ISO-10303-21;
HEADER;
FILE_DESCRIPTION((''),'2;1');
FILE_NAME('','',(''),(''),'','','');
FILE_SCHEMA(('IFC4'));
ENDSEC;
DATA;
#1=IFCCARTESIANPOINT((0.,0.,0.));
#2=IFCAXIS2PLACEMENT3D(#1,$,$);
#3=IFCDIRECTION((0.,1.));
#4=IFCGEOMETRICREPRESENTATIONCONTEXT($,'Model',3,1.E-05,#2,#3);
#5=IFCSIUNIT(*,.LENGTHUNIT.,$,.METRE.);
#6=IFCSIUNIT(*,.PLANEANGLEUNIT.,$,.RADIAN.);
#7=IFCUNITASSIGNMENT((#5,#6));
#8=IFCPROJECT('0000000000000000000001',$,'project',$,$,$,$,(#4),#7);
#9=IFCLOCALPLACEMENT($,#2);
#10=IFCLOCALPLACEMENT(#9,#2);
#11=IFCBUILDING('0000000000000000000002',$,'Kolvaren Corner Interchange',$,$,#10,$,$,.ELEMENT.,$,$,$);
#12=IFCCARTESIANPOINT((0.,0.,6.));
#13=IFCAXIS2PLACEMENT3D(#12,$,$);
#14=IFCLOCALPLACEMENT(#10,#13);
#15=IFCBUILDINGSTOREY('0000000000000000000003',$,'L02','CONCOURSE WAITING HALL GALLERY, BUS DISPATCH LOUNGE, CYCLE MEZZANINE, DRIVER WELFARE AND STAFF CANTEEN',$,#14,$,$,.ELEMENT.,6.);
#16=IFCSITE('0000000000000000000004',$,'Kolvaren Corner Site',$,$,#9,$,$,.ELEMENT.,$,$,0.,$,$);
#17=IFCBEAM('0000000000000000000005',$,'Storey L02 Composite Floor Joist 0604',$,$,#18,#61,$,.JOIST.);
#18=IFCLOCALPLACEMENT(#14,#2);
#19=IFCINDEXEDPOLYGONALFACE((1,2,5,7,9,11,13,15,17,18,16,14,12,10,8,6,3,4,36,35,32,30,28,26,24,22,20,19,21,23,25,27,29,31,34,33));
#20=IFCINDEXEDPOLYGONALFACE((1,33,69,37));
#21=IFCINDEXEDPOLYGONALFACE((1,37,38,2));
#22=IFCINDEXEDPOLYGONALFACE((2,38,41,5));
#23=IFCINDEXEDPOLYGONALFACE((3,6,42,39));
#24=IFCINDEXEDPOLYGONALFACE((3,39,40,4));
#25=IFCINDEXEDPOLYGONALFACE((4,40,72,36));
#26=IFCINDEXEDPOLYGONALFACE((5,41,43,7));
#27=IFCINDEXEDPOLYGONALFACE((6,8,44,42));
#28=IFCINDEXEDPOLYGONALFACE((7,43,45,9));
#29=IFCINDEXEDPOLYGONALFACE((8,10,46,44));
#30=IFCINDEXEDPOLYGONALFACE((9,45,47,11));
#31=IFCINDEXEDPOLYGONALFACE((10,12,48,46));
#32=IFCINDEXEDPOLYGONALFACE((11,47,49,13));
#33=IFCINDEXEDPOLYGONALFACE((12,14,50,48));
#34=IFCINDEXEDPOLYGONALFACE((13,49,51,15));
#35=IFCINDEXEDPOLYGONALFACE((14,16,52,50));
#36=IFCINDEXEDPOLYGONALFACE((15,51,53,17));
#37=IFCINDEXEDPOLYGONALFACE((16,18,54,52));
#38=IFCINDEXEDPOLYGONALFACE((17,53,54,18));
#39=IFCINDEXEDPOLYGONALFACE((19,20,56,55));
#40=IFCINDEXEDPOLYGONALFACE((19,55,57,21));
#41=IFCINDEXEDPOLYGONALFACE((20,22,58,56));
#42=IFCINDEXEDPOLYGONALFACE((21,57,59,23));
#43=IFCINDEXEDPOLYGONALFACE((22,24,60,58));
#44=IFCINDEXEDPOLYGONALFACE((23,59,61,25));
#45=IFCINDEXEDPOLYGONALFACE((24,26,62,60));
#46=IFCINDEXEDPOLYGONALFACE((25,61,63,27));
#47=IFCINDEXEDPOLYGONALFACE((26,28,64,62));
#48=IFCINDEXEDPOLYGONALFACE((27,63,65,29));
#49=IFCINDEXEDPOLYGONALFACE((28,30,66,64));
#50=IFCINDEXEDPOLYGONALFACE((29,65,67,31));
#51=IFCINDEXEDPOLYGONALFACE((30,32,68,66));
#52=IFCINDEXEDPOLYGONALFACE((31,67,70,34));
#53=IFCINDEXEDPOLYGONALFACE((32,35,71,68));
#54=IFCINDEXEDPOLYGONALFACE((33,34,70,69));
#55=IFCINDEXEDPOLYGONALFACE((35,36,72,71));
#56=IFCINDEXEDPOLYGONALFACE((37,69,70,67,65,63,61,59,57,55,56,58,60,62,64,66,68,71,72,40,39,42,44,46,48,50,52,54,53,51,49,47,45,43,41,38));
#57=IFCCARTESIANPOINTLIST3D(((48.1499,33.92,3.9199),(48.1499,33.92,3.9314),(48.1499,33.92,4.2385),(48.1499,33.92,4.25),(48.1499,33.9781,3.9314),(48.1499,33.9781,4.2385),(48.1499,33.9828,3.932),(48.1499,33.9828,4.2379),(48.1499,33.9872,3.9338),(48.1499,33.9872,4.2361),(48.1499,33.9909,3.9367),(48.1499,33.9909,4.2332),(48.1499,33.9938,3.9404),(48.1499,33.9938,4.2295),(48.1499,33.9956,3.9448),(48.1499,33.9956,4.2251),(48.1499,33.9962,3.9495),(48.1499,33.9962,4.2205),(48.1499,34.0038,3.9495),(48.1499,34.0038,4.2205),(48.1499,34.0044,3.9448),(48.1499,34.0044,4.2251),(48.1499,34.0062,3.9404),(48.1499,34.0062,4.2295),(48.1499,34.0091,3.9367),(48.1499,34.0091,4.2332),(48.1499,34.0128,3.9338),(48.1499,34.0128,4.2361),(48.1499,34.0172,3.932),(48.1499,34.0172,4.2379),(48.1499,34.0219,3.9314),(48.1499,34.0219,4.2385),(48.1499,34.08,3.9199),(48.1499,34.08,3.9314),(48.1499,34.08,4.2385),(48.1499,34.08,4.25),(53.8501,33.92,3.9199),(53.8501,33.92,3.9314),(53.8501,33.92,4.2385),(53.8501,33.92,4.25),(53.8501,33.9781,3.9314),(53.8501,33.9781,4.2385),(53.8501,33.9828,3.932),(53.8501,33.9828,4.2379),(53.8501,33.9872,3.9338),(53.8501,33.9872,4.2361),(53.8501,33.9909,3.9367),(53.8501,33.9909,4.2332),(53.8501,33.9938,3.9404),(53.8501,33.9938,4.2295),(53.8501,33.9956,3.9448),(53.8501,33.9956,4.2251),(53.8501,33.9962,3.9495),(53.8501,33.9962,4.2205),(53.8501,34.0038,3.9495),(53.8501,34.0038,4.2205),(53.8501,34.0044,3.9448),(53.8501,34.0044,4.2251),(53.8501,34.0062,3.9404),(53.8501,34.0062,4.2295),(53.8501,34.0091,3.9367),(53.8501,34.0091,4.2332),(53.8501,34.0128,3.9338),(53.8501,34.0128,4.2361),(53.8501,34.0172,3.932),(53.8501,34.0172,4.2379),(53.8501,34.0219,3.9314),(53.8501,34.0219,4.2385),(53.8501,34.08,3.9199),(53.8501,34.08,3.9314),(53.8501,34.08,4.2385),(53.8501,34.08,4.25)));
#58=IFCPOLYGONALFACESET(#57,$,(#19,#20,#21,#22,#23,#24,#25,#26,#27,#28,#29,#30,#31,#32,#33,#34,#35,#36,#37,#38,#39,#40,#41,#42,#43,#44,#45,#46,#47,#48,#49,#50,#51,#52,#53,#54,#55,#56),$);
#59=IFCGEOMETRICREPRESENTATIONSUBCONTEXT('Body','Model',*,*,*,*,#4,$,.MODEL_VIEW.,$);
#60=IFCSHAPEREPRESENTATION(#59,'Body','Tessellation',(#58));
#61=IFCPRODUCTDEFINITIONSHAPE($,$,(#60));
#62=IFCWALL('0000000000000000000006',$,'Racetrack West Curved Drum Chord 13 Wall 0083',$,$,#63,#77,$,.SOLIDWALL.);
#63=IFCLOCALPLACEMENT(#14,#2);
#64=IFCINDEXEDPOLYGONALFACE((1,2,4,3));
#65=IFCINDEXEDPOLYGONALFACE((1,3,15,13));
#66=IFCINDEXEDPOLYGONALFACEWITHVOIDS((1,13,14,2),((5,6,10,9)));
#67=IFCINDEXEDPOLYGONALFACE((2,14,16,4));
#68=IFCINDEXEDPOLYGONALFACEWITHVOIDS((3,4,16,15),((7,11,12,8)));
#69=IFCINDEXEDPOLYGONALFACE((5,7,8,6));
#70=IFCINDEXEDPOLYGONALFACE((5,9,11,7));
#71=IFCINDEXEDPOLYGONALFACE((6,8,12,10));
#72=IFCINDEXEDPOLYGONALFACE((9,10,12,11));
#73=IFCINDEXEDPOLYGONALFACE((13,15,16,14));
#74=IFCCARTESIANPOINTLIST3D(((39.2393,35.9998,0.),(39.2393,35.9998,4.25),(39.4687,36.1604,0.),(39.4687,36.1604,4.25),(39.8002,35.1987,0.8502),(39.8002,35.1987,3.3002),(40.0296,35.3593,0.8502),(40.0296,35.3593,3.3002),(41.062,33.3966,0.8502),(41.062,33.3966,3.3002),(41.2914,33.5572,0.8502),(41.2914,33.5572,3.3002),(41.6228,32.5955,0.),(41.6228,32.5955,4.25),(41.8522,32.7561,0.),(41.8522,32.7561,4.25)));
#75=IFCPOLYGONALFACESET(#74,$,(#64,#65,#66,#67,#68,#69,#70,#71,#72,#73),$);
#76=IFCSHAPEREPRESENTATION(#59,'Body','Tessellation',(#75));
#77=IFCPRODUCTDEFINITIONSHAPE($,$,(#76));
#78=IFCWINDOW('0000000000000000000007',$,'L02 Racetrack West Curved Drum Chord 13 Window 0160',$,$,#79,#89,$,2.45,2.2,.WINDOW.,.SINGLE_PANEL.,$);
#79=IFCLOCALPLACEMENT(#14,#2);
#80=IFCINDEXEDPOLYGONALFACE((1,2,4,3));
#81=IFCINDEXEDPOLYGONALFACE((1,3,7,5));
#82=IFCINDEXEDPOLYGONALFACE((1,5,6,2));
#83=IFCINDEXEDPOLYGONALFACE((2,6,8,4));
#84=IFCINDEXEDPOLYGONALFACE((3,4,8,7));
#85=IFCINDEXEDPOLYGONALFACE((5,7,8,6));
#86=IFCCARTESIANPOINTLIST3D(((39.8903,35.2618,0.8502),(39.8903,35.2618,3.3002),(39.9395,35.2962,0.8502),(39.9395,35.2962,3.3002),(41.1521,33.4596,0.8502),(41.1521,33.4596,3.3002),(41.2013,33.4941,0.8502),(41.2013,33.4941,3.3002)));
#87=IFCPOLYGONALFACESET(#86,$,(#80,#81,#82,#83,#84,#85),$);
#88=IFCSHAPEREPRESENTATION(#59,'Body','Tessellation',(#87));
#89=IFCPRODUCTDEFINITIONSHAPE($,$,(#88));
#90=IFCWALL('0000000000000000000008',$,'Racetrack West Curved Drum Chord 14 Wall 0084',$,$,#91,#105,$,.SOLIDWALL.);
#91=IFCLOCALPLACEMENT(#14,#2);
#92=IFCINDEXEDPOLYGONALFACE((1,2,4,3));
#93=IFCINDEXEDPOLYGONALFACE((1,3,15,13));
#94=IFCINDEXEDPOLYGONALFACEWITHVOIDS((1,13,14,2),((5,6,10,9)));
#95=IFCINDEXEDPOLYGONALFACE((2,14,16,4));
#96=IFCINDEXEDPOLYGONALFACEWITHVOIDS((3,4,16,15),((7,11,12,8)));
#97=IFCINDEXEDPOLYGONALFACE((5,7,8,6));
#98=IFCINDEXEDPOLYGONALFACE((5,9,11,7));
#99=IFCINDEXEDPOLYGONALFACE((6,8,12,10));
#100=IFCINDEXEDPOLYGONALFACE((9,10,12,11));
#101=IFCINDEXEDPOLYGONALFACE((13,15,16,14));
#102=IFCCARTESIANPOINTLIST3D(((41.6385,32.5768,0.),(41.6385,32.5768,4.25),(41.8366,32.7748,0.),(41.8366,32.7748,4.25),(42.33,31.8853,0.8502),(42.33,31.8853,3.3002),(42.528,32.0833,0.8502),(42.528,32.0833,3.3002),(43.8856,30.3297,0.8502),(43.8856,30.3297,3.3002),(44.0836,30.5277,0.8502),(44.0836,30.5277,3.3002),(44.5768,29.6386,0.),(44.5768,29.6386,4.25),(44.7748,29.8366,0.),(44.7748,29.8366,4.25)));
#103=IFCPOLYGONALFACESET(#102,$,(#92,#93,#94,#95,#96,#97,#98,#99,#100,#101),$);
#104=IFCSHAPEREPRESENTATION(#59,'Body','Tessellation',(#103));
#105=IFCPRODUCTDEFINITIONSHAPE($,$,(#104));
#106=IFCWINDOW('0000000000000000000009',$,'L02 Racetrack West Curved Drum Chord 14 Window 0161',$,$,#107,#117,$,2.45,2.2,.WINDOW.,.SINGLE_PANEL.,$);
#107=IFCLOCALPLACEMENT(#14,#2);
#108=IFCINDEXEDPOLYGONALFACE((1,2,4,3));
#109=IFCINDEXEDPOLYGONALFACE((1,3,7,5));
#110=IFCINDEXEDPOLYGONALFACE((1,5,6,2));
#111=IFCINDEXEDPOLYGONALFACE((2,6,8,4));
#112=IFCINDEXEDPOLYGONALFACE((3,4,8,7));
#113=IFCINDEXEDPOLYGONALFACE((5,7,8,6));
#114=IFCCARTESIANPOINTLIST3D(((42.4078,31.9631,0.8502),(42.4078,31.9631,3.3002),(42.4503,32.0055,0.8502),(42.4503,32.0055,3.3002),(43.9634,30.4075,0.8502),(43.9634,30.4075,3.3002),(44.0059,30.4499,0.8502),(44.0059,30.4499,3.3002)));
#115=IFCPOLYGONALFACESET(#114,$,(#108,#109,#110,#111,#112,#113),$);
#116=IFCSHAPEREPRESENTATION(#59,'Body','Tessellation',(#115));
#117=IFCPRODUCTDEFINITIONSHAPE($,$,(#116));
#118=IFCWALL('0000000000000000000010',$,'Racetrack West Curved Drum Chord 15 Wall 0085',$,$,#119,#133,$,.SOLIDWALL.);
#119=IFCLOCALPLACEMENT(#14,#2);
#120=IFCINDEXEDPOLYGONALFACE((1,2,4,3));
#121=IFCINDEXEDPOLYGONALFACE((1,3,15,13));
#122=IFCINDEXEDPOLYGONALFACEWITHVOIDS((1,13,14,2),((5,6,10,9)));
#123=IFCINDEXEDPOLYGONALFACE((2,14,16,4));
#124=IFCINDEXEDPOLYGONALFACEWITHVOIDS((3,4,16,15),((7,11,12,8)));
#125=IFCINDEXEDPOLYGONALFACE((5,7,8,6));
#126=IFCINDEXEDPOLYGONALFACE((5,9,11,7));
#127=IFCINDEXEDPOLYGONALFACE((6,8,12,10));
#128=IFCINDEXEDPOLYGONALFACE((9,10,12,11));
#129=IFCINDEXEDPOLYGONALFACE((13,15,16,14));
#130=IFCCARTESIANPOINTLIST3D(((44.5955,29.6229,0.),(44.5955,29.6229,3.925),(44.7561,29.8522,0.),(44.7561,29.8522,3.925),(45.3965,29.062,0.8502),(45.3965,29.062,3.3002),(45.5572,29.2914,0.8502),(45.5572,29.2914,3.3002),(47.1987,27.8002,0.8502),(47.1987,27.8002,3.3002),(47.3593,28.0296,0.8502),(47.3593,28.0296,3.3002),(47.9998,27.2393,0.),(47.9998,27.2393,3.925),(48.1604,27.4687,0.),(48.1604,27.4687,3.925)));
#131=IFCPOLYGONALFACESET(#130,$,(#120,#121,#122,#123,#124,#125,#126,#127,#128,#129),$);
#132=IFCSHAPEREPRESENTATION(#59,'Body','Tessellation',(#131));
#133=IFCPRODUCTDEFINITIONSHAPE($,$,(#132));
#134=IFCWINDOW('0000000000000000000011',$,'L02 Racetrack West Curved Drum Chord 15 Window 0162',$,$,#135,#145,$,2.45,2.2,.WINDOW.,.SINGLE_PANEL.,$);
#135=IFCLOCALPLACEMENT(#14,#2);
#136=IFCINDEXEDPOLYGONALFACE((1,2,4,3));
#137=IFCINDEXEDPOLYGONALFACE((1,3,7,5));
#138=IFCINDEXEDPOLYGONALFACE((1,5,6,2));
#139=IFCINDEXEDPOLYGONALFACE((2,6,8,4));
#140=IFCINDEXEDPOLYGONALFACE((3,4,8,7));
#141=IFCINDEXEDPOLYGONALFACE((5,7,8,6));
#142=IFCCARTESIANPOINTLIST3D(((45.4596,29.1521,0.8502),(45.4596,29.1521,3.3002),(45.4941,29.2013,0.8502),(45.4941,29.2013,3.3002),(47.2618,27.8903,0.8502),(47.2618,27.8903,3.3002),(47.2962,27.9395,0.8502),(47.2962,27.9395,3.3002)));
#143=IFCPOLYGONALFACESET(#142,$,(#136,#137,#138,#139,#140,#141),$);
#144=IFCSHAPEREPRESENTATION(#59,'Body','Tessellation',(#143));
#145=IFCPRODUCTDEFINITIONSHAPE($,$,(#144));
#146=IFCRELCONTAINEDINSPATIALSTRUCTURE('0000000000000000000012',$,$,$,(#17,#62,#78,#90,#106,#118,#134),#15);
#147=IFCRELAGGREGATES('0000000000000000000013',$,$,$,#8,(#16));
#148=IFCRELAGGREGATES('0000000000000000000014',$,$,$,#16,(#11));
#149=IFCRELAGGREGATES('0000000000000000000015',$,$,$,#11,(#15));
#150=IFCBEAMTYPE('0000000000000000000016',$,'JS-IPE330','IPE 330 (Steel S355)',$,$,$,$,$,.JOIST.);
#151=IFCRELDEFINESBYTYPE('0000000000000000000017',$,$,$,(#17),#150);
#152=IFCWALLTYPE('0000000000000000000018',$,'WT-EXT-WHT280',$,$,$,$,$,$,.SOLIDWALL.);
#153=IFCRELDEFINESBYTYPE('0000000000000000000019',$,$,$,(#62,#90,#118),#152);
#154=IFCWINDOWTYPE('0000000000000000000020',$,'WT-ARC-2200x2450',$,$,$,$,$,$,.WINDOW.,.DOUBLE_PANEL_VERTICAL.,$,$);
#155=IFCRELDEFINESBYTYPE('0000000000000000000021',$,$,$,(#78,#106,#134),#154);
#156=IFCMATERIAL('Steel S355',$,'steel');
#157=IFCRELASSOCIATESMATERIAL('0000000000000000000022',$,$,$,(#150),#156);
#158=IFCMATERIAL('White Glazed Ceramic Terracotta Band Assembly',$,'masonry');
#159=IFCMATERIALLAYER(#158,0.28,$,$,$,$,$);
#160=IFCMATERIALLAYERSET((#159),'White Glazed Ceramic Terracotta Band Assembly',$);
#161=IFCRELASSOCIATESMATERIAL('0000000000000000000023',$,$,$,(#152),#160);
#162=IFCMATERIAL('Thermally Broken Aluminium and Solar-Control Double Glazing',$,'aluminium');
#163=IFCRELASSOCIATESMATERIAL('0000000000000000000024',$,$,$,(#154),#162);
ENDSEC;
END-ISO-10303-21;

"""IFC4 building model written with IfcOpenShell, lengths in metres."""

from ifc_helpers import new_model, si_unit, direction, frame, frame_2d, origin, origin_2d, place, context, subcontext, project, spatial, rectangle, i_section, extrude, material, layer, layer_set, material_profile, profile_set, type_object, element, fill, save


model = new_model("IFC4")

# Units and contexts
model_context = context("Model", 3, precision=1e-05, world=origin(), true_north=direction((0.0, 1.0)))
body_context = subcontext(model_context, "Body", "Model", "MODEL_VIEW")
ifc_project = project(units=[si_unit("LENGTHUNIT", "METRE"), si_unit("PLANEANGLEUNIT", "RADIAN")], contexts=[model_context])

# Site, building, storey
site_placement = place(None, origin())
site = spatial("IfcSite", under=ifc_project, at=site_placement, Name="Kolvaren Corner Site", CompositionType="ELEMENT", RefElevation=0.0)
building_placement = place(site_placement, origin())
building = spatial("IfcBuilding", under=site, at=building_placement, Name="Kolvaren Corner Interchange", CompositionType="ELEMENT")
storey_placement = place(building_placement, frame((0.0, 0.0, 6.0)))
storey = spatial("IfcBuildingStorey", under=building, at=storey_placement, Name="L02", Description="CONCOURSE WAITING HALL GALLERY, BUS DISPATCH LOUNGE, CYCLE MEZZANINE, DRIVER WELFARE AND STAFF CANTEEN", CompositionType="ELEMENT", Elevation=6.0)

# Beam
ifc_material_1 = material(Name="Steel S355", Category="steel")
ifc_material_profile_1 = material_profile(ifc_material_1, i_section(OverallWidth=0.1599, OverallDepth=0.3301, WebThickness=0.0076, FlangeThickness=0.0115, FilletRadius=0.0181, at=origin_2d()), Name="IPE 330")
ifc_profile_set_1 = profile_set([ifc_material_profile_1], Name="Steel S355")
beam_type_1 = type_object("IfcBeamType", Name="JS-IPE330", Description="IPE 330 (Steel S355)", PredefinedType="JOIST", material=ifc_profile_set_1)
for number, where, z_axis, x_axis, name in (
    (1, (48.1499, 34.0, 4.085), (1.0, 0.0, 0.0), (0.0, 1.0, 0.0), "Storey L02 Composite Floor Joist 0604"),
):
    element("IfcBeam", number, at=place(storey_placement, frame(where, z_axis=z_axis, x_axis=x_axis)), inside=storey, type_object=beam_type_1, Name=name, PredefinedType="JOIST", context=body_context, shape_type="SweptSolid", body=[
        extrude(i_section(OverallWidth=0.1599, OverallDepth=0.3301, WebThickness=0.0076, FlangeThickness=0.0115, FilletRadius=0.0181, at=origin_2d()), origin(), (0.0, 0.0, 1.0), 5.7002),
    ])

# Walls, openings, windows
ifc_material_2 = material(Name="White Glazed Ceramic Terracotta Band Assembly", Category="masonry")
ifc_layer = layer(ifc_material_2, 0.28)
ifc_layer_set = layer_set([ifc_layer], Name="White Glazed Ceramic Terracotta Band Assembly")
wall_type = type_object("IfcWallType", Name="WT-EXT-WHT280", PredefinedType="SOLIDWALL", material=ifc_layer_set)
wall_1_placement = place(storey_placement, frame((39.354, 36.0801, 0.0), z_axis=(0.0, 0.0, 1.0), x_axis=(0.573549, -0.819171, 0.0)))
wall_1 = element("IfcWall", 2, at=wall_1_placement, inside=storey, type_object=wall_type, Name="Racetrack West Curved Drum Chord 13 Wall 0083", PredefinedType="SOLIDWALL", context=body_context, shape_type="SweptSolid", body=[
    extrude(rectangle(XDim=4.1558, YDim=0.28, at=frame_2d((2.0779, 0.0))), origin(), (0.0, 0.0, 1.0), 4.25),
])
opening_1_placement = place(wall_1_placement, frame((0.9778, 0.0, 0.8501)))
opening_1 = element("IfcOpeningElement", 3, at=opening_1_placement, cuts=wall_1, PredefinedType="OPENING", context=body_context, shape_type="SweptSolid", body=[
    extrude(rectangle(XDim=2.2, YDim=2.45, at=frame_2d((1.1001, 1.2251))), frame((0.0, 0.1499, 0.0), z_axis=(0.0, -1.0, 0.0), x_axis=(1.0, 0.0, 0.0)), (0.0, 0.0, 1.0), 0.3),
])
ifc_material_3 = material(Name="Thermally Broken Aluminium and Solar-Control Double Glazing", Category="aluminium")
window_type = type_object("IfcWindowType", Name="WT-ARC-2200x2450", PartitioningType="DOUBLE_PANEL_VERTICAL", PredefinedType="WINDOW", material=ifc_material_3)
window_1_placement = place(opening_1_placement, origin())
window_1 = element("IfcWindow", 4, at=window_1_placement, inside=storey, type_object=window_type, Name="L02 Racetrack West Curved Drum Chord 13 Window 0160", OverallHeight=2.45, OverallWidth=2.2, PartitioningType="SINGLE_PANEL", PredefinedType="WINDOW", context=body_context, shape_type="SweptSolid", body=[
    extrude(rectangle(XDim=2.2, YDim=2.45, at=frame_2d((1.1001, 1.2251))), frame((0.0, 0.03, 0.0), z_axis=(0.0, -1.0, 0.0), x_axis=(1.0, 0.0, 0.0)), (0.0, 0.0, 1.0), 0.0601),
])
fill(opening_1, window_1)
wall_2_placement = place(storey_placement, frame((41.7375, 32.6758, 0.0), z_axis=(0.0, 0.0, 1.0), x_axis=(0.707107, -0.707107, 0.0)))
wall_2 = element("IfcWall", 5, at=wall_2_placement, inside=storey, type_object=wall_type, Name="Racetrack West Curved Drum Chord 14 Wall 0084", PredefinedType="SOLIDWALL", context=body_context, shape_type="SweptSolid", body=[
    extrude(rectangle(XDim=4.1553, YDim=0.28, at=frame_2d((2.0776, 0.0))), origin(), (0.0, 0.0, 1.0), 4.25),
])
opening_2_placement = place(wall_2_placement, frame((0.9778, 0.0, 0.8501)))
opening_2 = element("IfcOpeningElement", 6, at=opening_2_placement, cuts=wall_2, PredefinedType="OPENING", context=body_context, shape_type="SweptSolid", body=[
    extrude(rectangle(XDim=2.2, YDim=2.45, at=frame_2d((1.1001, 1.2251))), frame((0.0, 0.1499, 0.0), z_axis=(0.0, -1.0, 0.0), x_axis=(1.0, 0.0, 0.0)), (0.0, 0.0, 1.0), 0.3),
])
window_2_placement = place(opening_2_placement, origin())
window_2 = element("IfcWindow", 7, at=window_2_placement, inside=storey, type_object=window_type, Name="L02 Racetrack West Curved Drum Chord 14 Window 0161", OverallHeight=2.45, OverallWidth=2.2, PartitioningType="SINGLE_PANEL", PredefinedType="WINDOW", context=body_context, shape_type="SweptSolid", body=[
    extrude(rectangle(XDim=2.2, YDim=2.45, at=frame_2d((1.1001, 1.2251))), frame((0.0, 0.03, 0.0), z_axis=(0.0, -1.0, 0.0), x_axis=(1.0, 0.0, 0.0)), (0.0, 0.0, 1.0), 0.0601),
])
fill(opening_2, window_2)
wall_3_placement = place(storey_placement, frame((44.6758, 29.7375, 0.0), z_axis=(0.0, 0.0, 1.0), x_axis=(0.819171, -0.573549, 0.0)))
wall_3 = element("IfcWall", 8, at=wall_3_placement, inside=storey, type_object=wall_type, Name="Racetrack West Curved Drum Chord 15 Wall 0085", PredefinedType="SOLIDWALL", context=body_context, shape_type="SweptSolid", body=[
    extrude(rectangle(XDim=4.1558, YDim=0.28, at=frame_2d((2.0779, 0.0))), origin(), (0.0, 0.0, 1.0), 3.925),
])
opening_3_placement = place(wall_3_placement, frame((0.9778, 0.0, 0.8501)))
opening_3 = element("IfcOpeningElement", 9, at=opening_3_placement, cuts=wall_3, PredefinedType="OPENING", context=body_context, shape_type="SweptSolid", body=[
    extrude(rectangle(XDim=2.2, YDim=2.45, at=frame_2d((1.1001, 1.2251))), frame((0.0, 0.1499, 0.0), z_axis=(0.0, -1.0, 0.0), x_axis=(1.0, 0.0, 0.0)), (0.0, 0.0, 1.0), 0.3),
])
window_3_placement = place(opening_3_placement, origin())
window_3 = element("IfcWindow", 10, at=window_3_placement, inside=storey, type_object=window_type, Name="L02 Racetrack West Curved Drum Chord 15 Window 0162", OverallHeight=2.45, OverallWidth=2.2, PartitioningType="SINGLE_PANEL", PredefinedType="WINDOW", context=body_context, shape_type="SweptSolid", body=[
    extrude(rectangle(XDim=2.2, YDim=2.45, at=frame_2d((1.1001, 1.2251))), frame((0.0, 0.03, 0.0), z_axis=(0.0, -1.0, 0.0), x_axis=(1.0, 0.0, 0.0)), (0.0, 0.0, 1.0), 0.0601),
])
fill(opening_3, window_3)

save(model, "model.ifc")
